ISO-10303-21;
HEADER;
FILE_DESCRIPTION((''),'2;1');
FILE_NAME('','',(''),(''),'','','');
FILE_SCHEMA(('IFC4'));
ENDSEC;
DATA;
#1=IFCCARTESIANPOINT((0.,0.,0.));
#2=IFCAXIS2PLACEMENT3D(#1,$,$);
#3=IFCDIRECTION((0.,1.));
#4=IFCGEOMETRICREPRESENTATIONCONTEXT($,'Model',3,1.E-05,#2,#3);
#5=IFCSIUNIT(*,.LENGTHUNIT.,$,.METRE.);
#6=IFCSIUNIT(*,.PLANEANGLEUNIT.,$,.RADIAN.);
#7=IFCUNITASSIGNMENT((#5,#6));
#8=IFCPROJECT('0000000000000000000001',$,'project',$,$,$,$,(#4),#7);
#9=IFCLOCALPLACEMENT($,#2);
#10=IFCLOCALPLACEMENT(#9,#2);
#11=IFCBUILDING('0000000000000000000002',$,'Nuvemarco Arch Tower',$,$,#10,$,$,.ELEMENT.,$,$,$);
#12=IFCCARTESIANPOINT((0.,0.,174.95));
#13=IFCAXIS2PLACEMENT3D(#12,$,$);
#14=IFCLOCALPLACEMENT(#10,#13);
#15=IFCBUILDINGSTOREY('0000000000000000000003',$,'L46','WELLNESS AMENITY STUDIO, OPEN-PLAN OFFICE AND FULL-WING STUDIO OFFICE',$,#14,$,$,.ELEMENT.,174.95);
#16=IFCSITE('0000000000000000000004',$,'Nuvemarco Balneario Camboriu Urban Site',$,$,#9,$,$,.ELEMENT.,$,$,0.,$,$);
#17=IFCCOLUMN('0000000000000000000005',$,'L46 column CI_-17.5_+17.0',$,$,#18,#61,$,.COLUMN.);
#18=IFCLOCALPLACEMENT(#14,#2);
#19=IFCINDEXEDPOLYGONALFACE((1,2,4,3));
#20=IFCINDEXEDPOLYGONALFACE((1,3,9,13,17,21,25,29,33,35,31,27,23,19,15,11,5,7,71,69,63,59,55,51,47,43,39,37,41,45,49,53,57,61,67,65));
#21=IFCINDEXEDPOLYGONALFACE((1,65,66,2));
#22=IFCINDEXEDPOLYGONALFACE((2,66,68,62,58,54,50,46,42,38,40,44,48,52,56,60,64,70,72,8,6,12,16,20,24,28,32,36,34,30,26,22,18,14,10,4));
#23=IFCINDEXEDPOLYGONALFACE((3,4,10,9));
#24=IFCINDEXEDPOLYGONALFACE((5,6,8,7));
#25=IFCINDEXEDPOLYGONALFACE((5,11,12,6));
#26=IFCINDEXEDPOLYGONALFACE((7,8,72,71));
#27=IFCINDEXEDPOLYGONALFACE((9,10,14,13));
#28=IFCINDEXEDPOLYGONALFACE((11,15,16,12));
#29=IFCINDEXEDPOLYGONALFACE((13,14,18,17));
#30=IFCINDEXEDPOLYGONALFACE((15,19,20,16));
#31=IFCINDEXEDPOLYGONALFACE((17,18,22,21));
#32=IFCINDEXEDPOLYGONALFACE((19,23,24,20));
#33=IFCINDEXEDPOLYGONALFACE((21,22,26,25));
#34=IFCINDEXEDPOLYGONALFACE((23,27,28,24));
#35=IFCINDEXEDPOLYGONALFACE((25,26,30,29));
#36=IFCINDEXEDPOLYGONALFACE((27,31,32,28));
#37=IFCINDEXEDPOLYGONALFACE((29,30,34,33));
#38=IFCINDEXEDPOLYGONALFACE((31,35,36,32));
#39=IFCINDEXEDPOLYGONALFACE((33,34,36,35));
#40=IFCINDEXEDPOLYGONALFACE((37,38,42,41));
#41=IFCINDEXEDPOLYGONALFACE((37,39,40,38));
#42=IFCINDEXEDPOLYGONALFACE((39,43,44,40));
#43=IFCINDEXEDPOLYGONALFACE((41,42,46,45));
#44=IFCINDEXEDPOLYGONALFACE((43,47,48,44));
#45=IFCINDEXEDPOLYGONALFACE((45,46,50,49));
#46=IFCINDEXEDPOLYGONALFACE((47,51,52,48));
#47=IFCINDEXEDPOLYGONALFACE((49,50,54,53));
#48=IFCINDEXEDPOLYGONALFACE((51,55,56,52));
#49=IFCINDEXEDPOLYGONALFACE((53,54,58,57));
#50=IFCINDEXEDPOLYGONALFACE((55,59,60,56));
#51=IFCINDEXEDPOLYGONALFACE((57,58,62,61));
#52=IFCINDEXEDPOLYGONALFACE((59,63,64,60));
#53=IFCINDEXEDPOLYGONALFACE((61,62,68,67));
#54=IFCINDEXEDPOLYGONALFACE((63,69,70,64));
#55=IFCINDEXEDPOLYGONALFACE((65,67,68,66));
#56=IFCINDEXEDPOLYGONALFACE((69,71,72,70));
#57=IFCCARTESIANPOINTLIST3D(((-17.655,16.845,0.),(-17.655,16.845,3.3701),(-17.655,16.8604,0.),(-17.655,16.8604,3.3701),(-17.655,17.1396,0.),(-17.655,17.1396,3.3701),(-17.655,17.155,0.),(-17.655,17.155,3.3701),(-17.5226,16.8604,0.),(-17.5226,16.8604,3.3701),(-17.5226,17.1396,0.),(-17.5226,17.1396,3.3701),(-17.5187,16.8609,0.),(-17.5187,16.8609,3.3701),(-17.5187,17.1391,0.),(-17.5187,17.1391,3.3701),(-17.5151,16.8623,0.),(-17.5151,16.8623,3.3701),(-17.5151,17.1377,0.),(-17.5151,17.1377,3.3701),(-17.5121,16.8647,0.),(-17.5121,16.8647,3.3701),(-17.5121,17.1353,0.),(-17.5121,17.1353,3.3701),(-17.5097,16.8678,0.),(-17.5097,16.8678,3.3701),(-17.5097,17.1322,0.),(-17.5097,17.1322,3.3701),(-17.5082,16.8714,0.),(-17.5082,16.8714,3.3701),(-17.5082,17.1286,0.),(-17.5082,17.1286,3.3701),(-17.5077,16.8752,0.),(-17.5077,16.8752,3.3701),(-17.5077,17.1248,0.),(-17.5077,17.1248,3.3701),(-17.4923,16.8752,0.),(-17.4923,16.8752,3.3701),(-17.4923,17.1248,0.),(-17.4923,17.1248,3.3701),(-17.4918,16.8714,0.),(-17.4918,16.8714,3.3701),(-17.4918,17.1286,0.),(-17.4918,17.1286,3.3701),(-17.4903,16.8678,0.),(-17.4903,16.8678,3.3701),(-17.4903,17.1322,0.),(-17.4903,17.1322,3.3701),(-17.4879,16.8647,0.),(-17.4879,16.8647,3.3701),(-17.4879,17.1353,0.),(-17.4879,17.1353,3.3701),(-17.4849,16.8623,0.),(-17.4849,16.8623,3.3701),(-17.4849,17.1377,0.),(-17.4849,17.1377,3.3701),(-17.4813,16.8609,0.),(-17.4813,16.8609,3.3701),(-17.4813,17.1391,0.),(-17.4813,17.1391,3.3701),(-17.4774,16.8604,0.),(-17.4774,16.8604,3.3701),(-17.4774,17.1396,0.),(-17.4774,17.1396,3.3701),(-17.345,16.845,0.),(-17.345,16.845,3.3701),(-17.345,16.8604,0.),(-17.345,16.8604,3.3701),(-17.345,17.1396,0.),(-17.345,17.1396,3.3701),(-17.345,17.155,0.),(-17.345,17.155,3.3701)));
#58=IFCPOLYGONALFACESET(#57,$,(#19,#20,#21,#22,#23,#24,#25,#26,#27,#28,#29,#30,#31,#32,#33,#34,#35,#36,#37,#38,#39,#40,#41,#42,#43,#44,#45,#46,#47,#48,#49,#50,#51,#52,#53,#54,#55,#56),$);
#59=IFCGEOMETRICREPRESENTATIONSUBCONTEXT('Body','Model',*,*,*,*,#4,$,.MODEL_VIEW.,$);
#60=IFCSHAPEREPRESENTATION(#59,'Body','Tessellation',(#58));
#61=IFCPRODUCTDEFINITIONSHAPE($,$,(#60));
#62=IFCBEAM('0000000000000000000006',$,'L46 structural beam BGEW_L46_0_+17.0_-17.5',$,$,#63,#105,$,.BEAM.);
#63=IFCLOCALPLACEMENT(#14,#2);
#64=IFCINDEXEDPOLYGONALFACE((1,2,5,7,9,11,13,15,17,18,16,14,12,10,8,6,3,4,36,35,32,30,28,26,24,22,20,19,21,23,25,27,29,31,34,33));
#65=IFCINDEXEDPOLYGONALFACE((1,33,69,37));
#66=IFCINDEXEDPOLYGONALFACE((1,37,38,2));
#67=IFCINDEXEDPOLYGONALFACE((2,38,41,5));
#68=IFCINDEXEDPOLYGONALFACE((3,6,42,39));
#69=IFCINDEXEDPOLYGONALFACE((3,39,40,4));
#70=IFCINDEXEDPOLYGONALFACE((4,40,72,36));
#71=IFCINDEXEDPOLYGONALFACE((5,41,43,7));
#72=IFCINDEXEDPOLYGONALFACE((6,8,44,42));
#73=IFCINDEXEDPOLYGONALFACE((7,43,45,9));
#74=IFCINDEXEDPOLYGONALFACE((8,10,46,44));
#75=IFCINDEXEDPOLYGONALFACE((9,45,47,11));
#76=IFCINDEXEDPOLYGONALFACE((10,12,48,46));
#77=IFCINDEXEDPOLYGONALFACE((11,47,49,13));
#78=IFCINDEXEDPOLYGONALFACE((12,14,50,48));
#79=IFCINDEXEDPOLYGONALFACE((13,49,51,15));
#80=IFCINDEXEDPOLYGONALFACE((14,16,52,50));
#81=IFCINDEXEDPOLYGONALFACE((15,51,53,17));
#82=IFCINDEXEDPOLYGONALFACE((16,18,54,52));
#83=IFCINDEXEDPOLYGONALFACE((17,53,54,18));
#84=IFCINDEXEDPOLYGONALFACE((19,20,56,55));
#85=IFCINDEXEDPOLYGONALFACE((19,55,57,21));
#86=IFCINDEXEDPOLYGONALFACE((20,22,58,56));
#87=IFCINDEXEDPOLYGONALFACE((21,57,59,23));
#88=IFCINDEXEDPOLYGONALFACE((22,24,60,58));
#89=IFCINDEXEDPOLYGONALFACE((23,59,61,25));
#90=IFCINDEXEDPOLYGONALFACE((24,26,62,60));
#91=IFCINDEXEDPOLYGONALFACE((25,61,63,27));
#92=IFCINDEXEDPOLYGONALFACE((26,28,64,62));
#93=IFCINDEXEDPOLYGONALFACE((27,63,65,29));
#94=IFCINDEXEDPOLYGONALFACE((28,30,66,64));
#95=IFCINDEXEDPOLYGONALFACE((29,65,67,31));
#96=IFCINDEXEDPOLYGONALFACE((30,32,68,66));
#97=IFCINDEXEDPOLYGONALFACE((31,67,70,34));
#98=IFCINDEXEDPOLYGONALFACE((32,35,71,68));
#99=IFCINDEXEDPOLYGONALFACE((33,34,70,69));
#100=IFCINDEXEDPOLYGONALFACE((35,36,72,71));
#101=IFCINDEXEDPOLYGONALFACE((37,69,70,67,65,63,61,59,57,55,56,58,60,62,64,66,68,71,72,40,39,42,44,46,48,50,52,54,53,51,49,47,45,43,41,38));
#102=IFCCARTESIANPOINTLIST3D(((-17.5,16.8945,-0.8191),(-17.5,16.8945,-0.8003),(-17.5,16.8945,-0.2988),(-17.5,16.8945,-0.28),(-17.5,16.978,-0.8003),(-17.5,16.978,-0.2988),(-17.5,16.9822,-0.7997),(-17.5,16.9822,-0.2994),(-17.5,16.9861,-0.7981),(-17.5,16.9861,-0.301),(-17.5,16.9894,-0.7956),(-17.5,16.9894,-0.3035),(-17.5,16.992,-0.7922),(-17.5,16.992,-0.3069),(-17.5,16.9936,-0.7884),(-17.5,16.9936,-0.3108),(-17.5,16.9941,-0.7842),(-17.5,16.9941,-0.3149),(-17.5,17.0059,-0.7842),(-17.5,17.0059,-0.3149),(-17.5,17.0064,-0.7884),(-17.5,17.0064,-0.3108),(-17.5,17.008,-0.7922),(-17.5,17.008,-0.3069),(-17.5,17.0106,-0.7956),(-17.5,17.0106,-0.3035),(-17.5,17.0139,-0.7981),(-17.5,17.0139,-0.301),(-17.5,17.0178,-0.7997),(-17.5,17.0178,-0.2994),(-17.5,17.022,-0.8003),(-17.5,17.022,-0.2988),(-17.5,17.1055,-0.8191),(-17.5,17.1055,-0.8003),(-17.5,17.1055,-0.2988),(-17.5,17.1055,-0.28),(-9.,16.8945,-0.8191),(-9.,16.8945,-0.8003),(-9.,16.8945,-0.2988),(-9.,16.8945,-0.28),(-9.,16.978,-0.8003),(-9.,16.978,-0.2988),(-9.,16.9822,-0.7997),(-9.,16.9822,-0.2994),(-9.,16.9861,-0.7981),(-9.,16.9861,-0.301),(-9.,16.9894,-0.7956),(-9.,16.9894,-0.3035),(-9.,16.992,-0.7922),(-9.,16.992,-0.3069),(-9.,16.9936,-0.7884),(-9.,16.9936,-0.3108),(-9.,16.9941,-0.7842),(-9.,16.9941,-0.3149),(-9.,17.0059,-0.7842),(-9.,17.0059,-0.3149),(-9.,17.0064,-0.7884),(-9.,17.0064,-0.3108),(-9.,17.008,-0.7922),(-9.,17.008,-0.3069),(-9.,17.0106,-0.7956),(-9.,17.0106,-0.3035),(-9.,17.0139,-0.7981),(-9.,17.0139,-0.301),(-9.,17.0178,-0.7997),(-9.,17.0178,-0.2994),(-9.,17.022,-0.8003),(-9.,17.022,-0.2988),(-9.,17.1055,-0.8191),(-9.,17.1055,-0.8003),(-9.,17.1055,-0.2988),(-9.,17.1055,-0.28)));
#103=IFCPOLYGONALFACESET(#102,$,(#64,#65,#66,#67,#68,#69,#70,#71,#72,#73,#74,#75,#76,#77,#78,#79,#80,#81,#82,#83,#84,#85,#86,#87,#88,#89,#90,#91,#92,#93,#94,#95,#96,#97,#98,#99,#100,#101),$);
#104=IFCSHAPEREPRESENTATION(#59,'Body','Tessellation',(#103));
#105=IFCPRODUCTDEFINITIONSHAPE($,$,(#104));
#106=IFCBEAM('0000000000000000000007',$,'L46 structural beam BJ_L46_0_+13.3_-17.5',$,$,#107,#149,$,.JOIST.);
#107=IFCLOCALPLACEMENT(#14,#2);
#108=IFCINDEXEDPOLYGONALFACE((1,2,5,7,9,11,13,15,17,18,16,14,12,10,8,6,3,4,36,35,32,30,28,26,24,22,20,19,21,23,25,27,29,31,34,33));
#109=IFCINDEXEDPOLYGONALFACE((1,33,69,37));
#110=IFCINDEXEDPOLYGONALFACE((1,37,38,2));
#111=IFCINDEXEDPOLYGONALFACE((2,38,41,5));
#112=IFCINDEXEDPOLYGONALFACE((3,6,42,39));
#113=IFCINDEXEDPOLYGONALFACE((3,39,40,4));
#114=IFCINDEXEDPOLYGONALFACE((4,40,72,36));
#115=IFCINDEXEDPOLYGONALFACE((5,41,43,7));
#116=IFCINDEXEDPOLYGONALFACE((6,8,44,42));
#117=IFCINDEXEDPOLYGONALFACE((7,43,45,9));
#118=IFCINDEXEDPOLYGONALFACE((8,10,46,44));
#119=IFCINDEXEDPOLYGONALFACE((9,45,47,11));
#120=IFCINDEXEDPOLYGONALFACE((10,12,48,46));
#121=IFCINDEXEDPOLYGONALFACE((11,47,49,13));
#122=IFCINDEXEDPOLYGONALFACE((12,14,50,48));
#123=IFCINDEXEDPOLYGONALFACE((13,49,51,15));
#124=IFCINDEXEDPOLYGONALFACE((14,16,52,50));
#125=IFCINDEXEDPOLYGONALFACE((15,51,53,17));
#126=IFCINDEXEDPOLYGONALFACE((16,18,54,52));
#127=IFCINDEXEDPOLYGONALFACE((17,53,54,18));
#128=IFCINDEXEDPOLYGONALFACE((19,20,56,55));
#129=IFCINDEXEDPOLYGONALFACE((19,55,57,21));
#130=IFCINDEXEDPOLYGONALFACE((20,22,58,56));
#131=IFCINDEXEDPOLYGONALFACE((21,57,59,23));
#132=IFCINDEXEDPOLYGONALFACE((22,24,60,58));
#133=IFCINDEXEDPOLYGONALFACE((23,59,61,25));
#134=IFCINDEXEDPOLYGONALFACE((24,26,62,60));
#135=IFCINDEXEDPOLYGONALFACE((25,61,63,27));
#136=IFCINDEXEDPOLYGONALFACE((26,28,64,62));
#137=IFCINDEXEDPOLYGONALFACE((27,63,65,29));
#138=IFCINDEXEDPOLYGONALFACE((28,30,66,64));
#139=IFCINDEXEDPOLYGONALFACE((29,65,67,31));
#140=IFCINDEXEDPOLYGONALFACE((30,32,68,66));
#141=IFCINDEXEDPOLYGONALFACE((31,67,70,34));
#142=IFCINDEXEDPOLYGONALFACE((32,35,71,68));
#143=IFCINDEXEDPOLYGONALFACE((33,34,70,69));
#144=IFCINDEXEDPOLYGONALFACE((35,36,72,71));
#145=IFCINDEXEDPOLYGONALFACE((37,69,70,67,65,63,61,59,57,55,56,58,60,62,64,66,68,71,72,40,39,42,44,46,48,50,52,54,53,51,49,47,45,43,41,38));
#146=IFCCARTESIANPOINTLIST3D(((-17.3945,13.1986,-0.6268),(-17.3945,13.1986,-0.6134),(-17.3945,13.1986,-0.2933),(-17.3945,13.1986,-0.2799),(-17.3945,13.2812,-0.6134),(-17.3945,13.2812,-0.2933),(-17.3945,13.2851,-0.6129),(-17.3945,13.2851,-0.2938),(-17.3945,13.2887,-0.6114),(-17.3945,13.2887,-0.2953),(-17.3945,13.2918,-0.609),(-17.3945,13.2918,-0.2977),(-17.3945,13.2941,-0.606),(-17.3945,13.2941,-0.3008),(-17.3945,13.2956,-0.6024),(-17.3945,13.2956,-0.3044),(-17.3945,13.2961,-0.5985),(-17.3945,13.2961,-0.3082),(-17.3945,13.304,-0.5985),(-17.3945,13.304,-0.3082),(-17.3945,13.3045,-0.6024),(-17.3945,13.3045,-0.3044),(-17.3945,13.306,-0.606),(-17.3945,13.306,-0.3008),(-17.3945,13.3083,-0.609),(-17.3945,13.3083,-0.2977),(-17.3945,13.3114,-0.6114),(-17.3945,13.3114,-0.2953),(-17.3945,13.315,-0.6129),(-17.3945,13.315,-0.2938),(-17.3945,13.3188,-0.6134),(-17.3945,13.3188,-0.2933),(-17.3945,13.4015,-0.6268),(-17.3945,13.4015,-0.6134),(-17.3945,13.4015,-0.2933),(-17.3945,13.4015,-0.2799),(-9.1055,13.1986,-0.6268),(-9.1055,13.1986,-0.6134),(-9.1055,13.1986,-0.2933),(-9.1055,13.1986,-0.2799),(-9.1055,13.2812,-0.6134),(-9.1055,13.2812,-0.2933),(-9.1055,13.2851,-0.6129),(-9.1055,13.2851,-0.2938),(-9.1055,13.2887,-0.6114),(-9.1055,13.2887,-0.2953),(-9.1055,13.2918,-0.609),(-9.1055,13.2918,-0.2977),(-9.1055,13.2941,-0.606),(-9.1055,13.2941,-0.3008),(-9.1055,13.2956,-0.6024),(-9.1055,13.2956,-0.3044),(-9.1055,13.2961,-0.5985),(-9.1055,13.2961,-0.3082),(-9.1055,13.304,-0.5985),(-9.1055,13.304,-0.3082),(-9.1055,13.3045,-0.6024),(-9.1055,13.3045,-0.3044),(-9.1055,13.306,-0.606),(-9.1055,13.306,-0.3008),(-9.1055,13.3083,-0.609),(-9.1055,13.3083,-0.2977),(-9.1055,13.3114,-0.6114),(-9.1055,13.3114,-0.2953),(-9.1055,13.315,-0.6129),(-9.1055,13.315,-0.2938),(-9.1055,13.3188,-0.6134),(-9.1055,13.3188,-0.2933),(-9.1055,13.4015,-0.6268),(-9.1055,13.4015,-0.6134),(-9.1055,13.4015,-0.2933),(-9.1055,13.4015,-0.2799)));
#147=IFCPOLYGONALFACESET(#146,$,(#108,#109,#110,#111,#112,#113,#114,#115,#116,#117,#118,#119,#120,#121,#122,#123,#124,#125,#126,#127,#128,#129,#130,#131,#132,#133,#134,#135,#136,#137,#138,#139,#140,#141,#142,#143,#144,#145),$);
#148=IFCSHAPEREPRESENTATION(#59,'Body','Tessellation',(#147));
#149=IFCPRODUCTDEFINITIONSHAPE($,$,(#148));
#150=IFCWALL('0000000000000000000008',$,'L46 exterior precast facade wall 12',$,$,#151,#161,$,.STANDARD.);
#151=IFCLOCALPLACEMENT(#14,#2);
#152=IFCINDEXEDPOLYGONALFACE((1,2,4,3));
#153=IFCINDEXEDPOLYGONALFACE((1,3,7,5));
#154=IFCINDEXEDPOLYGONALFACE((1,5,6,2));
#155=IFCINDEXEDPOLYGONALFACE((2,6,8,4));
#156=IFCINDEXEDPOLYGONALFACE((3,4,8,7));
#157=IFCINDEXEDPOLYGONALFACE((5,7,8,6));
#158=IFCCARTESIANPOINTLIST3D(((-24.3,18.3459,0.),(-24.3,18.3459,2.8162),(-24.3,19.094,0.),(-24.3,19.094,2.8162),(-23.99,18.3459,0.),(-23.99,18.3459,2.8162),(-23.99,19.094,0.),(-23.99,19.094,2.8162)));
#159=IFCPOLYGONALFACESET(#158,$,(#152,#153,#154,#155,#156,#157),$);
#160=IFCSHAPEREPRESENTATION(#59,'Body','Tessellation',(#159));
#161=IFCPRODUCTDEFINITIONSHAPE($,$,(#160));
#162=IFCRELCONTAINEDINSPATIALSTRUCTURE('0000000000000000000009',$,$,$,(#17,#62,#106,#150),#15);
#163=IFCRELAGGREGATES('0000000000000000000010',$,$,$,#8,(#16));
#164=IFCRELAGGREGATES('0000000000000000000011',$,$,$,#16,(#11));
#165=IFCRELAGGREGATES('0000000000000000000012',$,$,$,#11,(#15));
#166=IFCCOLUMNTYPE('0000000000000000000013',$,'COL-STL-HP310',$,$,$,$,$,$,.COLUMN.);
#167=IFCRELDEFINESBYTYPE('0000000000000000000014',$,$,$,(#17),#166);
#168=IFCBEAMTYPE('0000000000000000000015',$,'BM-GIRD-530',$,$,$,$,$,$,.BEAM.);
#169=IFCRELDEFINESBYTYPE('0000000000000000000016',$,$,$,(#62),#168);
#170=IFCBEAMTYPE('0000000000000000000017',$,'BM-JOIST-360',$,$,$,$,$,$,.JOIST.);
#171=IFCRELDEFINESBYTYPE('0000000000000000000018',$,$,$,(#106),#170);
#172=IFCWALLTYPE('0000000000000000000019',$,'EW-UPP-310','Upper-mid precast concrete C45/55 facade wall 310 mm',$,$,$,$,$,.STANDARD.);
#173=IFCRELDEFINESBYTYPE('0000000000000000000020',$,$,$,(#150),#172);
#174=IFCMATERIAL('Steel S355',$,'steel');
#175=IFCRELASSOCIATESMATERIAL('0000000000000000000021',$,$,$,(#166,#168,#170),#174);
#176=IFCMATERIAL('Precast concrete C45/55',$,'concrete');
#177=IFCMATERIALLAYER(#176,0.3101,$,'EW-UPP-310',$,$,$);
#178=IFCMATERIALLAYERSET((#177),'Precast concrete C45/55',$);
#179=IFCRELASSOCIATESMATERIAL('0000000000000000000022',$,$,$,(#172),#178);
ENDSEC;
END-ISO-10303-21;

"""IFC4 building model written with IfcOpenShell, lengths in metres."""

from ifc_helpers import new_model, si_unit, direction, frame, frame_2d, origin, origin_2d, place, context, subcontext, project, spatial, rectangle, i_section, extrude, material, layer, layer_set, material_profile, profile_set, type_object, element, save


model = new_model("IFC4")

# Units and contexts
model_context = context("Model", 3, precision=1e-05, world=origin(), true_north=direction((0.0, 1.0)))
body_context = subcontext(model_context, "Body", "Model", "MODEL_VIEW")
ifc_project = project(units=[si_unit("LENGTHUNIT", "METRE"), si_unit("PLANEANGLEUNIT", "RADIAN")], contexts=[model_context])

# Site, building, storey
site_placement = place(None, origin())
site = spatial("IfcSite", under=ifc_project, at=site_placement, Name="Nuvemarco Balneario Camboriu Urban Site", CompositionType="ELEMENT", RefElevation=0.0)
building_placement = place(site_placement, origin())
building = spatial("IfcBuilding", under=site, at=building_placement, Name="Nuvemarco Arch Tower", CompositionType="ELEMENT")
storey_placement = place(building_placement, frame((0.0, 0.0, 174.95)))
storey = spatial("IfcBuildingStorey", under=building, at=storey_placement, Name="L46", Description="WELLNESS AMENITY STUDIO, OPEN-PLAN OFFICE AND FULL-WING STUDIO OFFICE", CompositionType="ELEMENT", Elevation=174.95)

# Column
ifc_material_1 = material(Name="Steel S355", Category="steel")
ifc_material_profile_1 = material_profile(ifc_material_1, i_section(OverallWidth=0.3101, OverallDepth=0.3101, WebThickness=0.0154, FlangeThickness=0.0154, FilletRadius=0.0149, at=origin_2d()), Name="HP310x110")
ifc_profile_set_1 = profile_set([ifc_material_profile_1], Name="Steel S355")
column_type = type_object("IfcColumnType", Name="COL-STL-HP310", PredefinedType="COLUMN", material=ifc_profile_set_1)
column_placement = place(storey_placement, frame((-17.5, 17.0, 0.0), z_axis=(0.0, 0.0, 1.0), x_axis=(1.0, 0.0, 0.0)))
element("IfcColumn", 1, at=column_placement, inside=storey, type_object=column_type, Name="L46 column CI_-17.5_+17.0", PredefinedType="COLUMN", context=body_context, shape_type="SweptSolid", body=[
    extrude(i_section(OverallWidth=0.3101, OverallDepth=0.3101, WebThickness=0.0154, FlangeThickness=0.0154, FilletRadius=0.0149, at=origin_2d()), origin(), (0.0, 0.0, 1.0), 3.3701),
])

# Beams
ifc_material_profile_2 = material_profile(ifc_material_1, i_section(OverallWidth=0.2109, OverallDepth=0.5391, WebThickness=0.0117, FlangeThickness=0.0188, FilletRadius=0.0161, at=origin_2d()), Name="W530x109")
ifc_profile_set_2 = profile_set([ifc_material_profile_2], Name="Steel S355")
beam_type_1 = type_object("IfcBeamType", Name="BM-GIRD-530", PredefinedType="BEAM", material=ifc_profile_set_2)
beam_1_placement = place(storey_placement, frame((-17.5, 17.0, -0.5496), z_axis=(1.0, 0.0, 0.0), x_axis=(0.0, 1.0, 0.0)))
element("IfcBeam", 2, at=beam_1_placement, inside=storey, type_object=beam_type_1, Name="L46 structural beam BGEW_L46_0_+17.0_-17.5", PredefinedType="BEAM", context=body_context, shape_type="SweptSolid", body=[
    extrude(i_section(OverallWidth=0.2109, OverallDepth=0.5391, WebThickness=0.0117, FlangeThickness=0.0188, FilletRadius=0.0161, at=origin_2d()), origin(), (0.0, 0.0, 1.0), 8.5),
])
ifc_material_profile_3 = material_profile(ifc_material_1, i_section(OverallWidth=0.2029, OverallDepth=0.3469, WebThickness=0.0078, FlangeThickness=0.0134, FilletRadius=0.0149, at=origin_2d()), Name="W360x64")
ifc_profile_set_3 = profile_set([ifc_material_profile_3], Name="Steel S355")
beam_type_2 = type_object("IfcBeamType", Name="BM-JOIST-360", PredefinedType="JOIST", material=ifc_profile_set_3)
beam_2_placement = place(storey_placement, frame((-17.3945, 13.3, -0.4534), z_axis=(1.0, 0.0, 0.0), x_axis=(0.0, 1.0, 0.0)))
element("IfcBeam", 3, at=beam_2_placement, inside=storey, type_object=beam_type_2, Name="L46 structural beam BJ_L46_0_+13.3_-17.5", PredefinedType="JOIST", context=body_context, shape_type="SweptSolid", body=[
    extrude(i_section(OverallWidth=0.2029, OverallDepth=0.3469, WebThickness=0.0078, FlangeThickness=0.0134, FilletRadius=0.0149, at=origin_2d()), origin(), (0.0, 0.0, 1.0), 8.2891),
])

# Wall
ifc_material_2 = material(Name="Precast concrete C45/55", Category="concrete")
ifc_layer_1 = layer(ifc_material_2, 0.3101, Name="EW-UPP-310")
ifc_layer_set_1 = layer_set([ifc_layer_1], Name="Precast concrete C45/55")
wall_type_1 = type_object("IfcWallType", Name="EW-UPP-310", Description="Upper-mid precast concrete C45/55 facade wall 310 mm", PredefinedType="STANDARD", material=ifc_layer_set_1)
wall_1_placement = place(storey_placement, frame((-24.145, 18.3459, 0.0), z_axis=(0.0, 0.0, 1.0), x_axis=(0.0, 1.0, 0.0)))
element("IfcWall", 4, at=wall_1_placement, inside=storey, type_object=wall_type_1, Name="L46 exterior precast facade wall 12", PredefinedType="STANDARD", context=body_context, shape_type="SweptSolid", body=[
    extrude(rectangle(XDim=0.748, YDim=0.3101, at=frame_2d((0.374, 0.0))), origin(), (0.0, 0.0, 1.0), 2.8162),
])

save(model, "model.ifc")
